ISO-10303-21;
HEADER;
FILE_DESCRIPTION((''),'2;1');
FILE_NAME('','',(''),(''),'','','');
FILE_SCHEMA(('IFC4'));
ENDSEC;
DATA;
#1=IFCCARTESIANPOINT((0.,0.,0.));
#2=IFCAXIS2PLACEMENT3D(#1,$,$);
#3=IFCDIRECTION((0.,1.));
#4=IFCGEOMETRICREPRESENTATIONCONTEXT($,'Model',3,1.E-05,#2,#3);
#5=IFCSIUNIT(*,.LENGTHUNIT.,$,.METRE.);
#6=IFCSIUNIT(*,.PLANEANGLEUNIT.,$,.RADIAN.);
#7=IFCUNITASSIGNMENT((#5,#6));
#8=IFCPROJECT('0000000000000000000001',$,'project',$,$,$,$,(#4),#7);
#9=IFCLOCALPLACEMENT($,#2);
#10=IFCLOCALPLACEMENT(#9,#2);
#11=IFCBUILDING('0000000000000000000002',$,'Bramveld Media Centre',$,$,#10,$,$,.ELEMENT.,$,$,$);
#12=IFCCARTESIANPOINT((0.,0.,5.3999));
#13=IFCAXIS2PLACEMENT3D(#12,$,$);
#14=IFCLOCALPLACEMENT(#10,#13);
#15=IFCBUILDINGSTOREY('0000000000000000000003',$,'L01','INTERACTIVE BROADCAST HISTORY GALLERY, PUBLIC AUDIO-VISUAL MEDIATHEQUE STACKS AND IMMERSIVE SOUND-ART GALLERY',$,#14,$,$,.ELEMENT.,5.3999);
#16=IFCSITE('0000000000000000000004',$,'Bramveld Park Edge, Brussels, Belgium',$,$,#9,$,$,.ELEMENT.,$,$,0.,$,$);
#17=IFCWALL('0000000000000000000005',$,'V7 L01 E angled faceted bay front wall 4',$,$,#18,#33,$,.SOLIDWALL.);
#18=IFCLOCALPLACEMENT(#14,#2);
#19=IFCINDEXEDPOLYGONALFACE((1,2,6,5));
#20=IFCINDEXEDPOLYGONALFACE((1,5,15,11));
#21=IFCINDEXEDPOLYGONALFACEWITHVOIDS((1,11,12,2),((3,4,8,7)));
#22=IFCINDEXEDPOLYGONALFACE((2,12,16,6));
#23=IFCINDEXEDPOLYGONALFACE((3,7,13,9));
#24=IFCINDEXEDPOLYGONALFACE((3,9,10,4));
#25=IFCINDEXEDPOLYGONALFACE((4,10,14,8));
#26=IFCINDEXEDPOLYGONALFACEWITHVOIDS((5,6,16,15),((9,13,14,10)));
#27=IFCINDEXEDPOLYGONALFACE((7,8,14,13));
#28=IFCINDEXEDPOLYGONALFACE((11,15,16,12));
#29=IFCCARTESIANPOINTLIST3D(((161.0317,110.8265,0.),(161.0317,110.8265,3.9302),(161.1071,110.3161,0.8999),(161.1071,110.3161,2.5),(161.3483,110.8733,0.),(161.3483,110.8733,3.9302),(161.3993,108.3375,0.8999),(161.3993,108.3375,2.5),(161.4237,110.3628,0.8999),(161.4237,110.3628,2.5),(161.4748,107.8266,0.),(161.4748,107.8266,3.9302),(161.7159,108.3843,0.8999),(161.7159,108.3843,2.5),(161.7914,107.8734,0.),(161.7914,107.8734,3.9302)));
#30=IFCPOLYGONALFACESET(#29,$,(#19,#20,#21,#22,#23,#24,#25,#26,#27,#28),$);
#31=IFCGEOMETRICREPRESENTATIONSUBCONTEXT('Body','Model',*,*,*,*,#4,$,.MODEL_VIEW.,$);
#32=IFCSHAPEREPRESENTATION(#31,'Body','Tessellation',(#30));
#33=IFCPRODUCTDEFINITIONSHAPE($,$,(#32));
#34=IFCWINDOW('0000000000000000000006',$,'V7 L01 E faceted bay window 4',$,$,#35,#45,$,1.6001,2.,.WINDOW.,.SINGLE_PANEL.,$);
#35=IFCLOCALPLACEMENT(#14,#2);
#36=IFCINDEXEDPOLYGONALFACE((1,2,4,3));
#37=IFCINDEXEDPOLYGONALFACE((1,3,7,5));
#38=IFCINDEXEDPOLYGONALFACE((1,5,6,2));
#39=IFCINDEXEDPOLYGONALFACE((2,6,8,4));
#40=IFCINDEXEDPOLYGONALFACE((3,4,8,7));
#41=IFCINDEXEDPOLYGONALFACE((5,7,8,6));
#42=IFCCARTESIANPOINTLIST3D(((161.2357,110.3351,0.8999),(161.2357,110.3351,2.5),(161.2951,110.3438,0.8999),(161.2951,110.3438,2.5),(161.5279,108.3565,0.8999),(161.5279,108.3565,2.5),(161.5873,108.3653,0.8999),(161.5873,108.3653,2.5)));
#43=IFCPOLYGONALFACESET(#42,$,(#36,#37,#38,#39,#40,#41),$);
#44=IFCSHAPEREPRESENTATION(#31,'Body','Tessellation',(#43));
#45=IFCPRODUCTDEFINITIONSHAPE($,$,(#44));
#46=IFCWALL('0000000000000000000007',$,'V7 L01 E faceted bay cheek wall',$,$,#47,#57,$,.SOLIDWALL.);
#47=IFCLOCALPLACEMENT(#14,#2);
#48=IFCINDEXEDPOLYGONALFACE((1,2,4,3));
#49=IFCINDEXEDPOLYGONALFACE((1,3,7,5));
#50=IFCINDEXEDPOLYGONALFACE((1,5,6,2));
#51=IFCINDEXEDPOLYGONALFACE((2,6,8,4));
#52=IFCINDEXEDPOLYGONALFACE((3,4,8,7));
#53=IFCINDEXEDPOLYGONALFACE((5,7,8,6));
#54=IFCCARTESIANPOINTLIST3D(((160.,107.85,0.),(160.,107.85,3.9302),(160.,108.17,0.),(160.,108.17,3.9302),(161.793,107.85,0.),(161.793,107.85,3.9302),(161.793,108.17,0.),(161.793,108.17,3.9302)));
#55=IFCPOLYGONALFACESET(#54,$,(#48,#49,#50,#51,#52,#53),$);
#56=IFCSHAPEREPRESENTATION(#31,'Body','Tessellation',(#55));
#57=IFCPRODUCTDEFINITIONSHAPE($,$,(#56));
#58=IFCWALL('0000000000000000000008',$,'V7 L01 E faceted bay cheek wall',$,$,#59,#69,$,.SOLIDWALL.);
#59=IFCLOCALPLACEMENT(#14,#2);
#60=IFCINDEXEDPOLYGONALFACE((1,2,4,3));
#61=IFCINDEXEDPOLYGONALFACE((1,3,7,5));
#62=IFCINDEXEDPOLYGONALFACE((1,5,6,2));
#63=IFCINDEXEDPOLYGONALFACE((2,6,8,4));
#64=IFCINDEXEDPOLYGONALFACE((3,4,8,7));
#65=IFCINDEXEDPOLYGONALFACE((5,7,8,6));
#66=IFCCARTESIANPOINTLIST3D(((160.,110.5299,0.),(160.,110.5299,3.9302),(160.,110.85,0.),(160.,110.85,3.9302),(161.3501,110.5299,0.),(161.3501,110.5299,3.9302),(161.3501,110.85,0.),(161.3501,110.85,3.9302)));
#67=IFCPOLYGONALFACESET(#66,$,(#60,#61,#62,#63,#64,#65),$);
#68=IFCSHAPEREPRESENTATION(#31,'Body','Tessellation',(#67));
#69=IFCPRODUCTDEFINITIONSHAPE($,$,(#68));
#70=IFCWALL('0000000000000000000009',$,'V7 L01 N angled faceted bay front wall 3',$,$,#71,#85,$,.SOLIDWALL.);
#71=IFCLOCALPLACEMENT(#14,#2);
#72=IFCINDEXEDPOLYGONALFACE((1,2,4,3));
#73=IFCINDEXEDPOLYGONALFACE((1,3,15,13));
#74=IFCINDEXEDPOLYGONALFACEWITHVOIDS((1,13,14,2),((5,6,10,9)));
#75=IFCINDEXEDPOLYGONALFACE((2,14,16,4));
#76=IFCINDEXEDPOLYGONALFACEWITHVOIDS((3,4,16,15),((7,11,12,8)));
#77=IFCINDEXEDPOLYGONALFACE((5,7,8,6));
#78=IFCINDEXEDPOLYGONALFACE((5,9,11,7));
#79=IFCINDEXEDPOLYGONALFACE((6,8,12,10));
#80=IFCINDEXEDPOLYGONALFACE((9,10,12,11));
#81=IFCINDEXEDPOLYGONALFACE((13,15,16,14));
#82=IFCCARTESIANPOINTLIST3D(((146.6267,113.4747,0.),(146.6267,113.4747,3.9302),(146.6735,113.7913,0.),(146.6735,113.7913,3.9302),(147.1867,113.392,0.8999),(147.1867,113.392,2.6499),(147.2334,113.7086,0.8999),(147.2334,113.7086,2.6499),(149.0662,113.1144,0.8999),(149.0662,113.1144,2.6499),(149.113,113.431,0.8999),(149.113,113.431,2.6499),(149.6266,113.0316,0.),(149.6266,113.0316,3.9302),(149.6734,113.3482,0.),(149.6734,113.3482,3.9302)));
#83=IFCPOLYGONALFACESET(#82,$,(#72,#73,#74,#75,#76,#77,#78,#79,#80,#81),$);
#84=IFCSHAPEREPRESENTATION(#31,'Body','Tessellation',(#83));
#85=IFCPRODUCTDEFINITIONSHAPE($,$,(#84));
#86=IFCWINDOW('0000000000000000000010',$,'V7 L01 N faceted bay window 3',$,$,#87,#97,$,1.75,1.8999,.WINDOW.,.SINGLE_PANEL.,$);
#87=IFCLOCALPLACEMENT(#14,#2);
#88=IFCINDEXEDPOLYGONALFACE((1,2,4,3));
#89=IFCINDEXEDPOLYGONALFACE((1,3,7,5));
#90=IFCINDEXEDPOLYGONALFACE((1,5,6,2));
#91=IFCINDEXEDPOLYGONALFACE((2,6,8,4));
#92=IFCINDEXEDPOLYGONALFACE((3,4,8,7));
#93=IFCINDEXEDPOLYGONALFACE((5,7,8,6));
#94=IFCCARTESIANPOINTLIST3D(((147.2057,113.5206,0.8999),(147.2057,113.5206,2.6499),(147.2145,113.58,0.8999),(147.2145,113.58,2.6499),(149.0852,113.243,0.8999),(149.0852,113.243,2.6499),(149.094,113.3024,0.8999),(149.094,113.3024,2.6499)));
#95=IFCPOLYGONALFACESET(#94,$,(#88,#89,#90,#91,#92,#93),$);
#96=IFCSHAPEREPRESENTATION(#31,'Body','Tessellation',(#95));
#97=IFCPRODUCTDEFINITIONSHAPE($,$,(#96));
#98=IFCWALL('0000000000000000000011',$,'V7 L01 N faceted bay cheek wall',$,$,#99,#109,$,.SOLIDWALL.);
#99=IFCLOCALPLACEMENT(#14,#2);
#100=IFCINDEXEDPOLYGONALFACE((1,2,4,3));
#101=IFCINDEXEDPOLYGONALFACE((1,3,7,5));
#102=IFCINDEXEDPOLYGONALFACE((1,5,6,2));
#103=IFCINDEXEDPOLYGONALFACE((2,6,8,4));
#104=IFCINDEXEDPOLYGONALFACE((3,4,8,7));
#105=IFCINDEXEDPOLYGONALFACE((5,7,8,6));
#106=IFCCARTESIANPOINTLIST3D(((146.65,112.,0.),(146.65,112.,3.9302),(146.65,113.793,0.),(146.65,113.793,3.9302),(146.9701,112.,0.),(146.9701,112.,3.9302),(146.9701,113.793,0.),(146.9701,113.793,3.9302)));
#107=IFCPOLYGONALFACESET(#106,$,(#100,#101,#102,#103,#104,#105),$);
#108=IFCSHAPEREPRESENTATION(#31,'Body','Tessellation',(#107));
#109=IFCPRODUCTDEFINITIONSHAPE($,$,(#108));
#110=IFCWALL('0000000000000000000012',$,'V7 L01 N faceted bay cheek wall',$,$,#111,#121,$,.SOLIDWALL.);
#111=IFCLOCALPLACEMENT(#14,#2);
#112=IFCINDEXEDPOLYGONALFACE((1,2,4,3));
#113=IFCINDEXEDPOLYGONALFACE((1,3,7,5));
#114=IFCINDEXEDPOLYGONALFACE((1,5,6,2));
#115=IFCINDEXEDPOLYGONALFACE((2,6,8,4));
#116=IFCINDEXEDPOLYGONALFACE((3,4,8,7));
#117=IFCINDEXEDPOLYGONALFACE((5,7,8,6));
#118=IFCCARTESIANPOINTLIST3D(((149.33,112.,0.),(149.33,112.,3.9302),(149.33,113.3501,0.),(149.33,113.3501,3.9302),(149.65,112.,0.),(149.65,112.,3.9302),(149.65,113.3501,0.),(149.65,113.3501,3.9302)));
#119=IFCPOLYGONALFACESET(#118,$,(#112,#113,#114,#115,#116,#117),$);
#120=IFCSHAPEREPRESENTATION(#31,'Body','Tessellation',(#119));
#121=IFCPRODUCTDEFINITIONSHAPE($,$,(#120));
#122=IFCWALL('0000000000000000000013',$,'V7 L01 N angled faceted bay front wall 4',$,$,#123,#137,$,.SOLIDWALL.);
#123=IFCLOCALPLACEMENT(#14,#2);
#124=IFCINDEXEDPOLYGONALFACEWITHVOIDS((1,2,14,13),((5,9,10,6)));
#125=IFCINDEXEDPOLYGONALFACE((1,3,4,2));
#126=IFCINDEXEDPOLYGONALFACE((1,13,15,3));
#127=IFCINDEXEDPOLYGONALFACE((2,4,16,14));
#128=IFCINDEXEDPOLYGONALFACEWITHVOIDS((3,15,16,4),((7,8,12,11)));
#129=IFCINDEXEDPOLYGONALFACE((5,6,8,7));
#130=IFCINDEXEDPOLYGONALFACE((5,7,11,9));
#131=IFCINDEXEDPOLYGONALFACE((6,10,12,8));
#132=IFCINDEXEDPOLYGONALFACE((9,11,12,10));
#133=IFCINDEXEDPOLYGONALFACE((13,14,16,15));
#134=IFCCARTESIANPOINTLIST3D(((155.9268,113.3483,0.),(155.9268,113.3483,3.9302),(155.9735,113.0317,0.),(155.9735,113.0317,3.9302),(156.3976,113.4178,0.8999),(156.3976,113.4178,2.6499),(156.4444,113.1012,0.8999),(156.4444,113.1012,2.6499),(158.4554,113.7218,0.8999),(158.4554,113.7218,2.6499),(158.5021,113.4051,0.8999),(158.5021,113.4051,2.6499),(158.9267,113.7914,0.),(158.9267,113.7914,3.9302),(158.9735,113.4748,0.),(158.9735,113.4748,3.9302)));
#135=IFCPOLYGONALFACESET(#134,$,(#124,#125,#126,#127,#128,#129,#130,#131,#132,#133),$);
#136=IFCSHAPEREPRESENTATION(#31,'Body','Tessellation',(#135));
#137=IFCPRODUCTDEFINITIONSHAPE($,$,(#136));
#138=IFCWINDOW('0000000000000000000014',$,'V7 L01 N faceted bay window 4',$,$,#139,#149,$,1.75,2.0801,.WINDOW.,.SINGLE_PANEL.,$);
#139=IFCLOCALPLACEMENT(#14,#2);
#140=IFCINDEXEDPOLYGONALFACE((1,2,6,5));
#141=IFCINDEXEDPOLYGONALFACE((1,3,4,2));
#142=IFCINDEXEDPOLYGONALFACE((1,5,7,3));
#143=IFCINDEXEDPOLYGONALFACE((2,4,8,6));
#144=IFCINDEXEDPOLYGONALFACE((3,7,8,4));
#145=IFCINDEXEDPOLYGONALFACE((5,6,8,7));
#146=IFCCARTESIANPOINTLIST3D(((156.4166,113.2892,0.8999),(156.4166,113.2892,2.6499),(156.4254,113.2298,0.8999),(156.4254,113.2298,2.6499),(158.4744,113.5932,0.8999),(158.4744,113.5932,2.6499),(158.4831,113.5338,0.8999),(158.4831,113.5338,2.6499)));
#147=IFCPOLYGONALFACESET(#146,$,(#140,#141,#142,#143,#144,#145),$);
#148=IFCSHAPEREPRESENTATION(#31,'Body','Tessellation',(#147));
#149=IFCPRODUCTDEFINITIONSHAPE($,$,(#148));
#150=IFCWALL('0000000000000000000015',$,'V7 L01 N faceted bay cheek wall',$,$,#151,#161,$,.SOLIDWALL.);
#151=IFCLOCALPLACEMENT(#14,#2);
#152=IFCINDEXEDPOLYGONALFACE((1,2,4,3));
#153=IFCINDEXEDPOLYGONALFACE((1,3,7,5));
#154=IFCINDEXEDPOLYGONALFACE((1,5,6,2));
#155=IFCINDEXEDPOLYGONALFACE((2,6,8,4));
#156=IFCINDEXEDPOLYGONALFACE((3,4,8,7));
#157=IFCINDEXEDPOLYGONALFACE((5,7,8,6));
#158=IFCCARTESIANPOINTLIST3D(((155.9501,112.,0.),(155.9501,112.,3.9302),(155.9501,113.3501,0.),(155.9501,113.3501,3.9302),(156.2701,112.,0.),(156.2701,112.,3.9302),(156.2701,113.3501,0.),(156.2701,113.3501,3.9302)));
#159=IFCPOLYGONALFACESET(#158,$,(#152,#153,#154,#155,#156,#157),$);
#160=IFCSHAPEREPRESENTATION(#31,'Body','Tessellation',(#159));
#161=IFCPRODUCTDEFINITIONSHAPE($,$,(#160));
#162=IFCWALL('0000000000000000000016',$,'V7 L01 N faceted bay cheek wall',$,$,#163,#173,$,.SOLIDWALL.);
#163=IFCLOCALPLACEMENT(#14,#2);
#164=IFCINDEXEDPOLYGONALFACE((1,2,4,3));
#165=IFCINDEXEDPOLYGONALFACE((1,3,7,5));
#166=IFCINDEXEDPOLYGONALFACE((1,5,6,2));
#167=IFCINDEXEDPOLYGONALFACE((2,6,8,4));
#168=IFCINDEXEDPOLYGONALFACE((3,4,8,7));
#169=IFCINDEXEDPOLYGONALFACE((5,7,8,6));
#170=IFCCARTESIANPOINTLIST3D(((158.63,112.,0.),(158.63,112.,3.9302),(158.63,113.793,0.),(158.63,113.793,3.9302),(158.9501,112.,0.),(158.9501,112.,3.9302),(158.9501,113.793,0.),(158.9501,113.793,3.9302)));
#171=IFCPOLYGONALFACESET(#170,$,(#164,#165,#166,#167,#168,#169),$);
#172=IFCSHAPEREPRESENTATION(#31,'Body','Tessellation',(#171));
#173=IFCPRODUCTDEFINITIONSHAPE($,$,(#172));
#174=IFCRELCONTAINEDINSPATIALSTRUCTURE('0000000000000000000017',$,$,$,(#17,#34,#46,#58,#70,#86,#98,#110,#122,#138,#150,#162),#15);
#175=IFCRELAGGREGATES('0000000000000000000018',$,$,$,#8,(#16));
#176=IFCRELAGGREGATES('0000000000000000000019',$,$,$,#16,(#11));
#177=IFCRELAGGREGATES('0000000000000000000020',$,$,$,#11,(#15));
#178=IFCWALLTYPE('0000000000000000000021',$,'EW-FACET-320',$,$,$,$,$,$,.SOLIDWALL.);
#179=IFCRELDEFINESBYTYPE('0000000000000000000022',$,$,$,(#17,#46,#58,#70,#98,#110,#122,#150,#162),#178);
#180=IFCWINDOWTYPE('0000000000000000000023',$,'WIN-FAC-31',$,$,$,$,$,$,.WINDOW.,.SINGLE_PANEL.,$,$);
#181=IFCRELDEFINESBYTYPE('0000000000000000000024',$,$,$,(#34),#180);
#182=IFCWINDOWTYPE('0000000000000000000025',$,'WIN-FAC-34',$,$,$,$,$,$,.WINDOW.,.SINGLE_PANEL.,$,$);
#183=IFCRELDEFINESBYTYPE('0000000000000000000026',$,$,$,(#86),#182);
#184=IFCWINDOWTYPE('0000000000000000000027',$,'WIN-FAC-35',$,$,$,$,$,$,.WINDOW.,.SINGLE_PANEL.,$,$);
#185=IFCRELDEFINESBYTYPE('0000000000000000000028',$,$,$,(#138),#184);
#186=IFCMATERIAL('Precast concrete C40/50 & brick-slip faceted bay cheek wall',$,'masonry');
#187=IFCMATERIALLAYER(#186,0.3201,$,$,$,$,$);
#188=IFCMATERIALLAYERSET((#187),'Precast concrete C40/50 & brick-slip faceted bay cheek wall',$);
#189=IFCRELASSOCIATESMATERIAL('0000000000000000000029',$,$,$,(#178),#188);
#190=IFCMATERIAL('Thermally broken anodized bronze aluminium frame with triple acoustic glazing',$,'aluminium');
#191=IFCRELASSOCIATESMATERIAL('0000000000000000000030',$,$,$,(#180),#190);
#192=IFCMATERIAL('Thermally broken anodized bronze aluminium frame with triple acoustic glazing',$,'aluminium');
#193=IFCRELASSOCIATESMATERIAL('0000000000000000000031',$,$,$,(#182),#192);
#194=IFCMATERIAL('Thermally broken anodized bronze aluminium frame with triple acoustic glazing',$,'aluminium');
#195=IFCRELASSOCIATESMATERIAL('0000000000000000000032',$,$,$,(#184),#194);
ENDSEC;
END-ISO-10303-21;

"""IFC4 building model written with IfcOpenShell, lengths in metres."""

from ifc_helpers import new_model, si_unit, direction, frame, frame_2d, origin, place, context, subcontext, project, spatial, rectangle, extrude, material, layer, layer_set, type_object, element, fill, save


model = new_model("IFC4")

# Units and contexts
model_context = context("Model", 3, precision=1e-05, world=origin(), true_north=direction((0.0, 1.0)))
body_context = subcontext(model_context, "Body", "Model", "MODEL_VIEW")
ifc_project = project(units=[si_unit("LENGTHUNIT", "METRE"), si_unit("PLANEANGLEUNIT", "RADIAN")], contexts=[model_context])

# Site, building, storey
site_placement = place(None, origin())
site = spatial("IfcSite", under=ifc_project, at=site_placement, Name="Bramveld Park Edge, Brussels, Belgium", CompositionType="ELEMENT", RefElevation=0.0)
building_placement = place(site_placement, origin())
building = spatial("IfcBuilding", under=site, at=building_placement, Name="Bramveld Media Centre", CompositionType="ELEMENT")
storey_placement = place(building_placement, frame((0.0, 0.0, 5.3999)))
storey = spatial("IfcBuildingStorey", under=building, at=storey_placement, Name="L01", Description="INTERACTIVE BROADCAST HISTORY GALLERY, PUBLIC AUDIO-VISUAL MEDIATHEQUE STACKS AND IMMERSIVE SOUND-ART GALLERY", CompositionType="ELEMENT", Elevation=5.3999)

# Wall, opening, window
ifc_material_1 = material(Name="Precast concrete C40/50 & brick-slip faceted bay cheek wall", Category="masonry")
ifc_layer_1 = layer(ifc_material_1, 0.3201)
ifc_layer_set_1 = layer_set([ifc_layer_1], Name="Precast concrete C40/50 & brick-slip faceted bay cheek wall")
wall_type_1 = type_object("IfcWallType", Name="EW-FACET-320", PredefinedType="SOLIDWALL", material=ifc_layer_set_1)
wall_1_placement = place(storey_placement, frame((161.6331, 107.8501, 0.0), z_axis=(0.0, 0.0, 1.0), x_axis=(-0.14612, 0.989267, 0.0)))
wall_1 = element("IfcWall", 1, at=wall_1_placement, inside=storey, type_object=wall_type_1, Name="V7 L01 E angled faceted bay front wall 4", PredefinedType="SOLIDWALL", context=body_context, shape_type="SweptSolid", body=[
    extrude(rectangle(XDim=3.0325, YDim=0.3201, at=frame_2d((1.5161, 0.0))), origin(), (0.0, 0.0, 1.0), 3.9302),
])
opening_1_placement = place(wall_1_placement, frame((0.5164, 0.0, 0.8999)))
opening_1 = element("IfcOpeningElement", 2, at=opening_1_placement, cuts=wall_1, PredefinedType="OPENING", context=body_context, shape_type="SweptSolid", body=[
    extrude(rectangle(XDim=2.0, YDim=1.6001, at=frame_2d((1.0, 0.8))), frame((0.0, 0.1719, 0.0), z_axis=(0.0, -1.0, 0.0), x_axis=(1.0, 0.0, 0.0)), (0.0, 0.0, 1.0), 0.344),
])
ifc_material_2 = material(Name="Thermally broken anodized bronze aluminium frame with triple acoustic glazing", Category="aluminium")
window_type_1 = type_object("IfcWindowType", Name="WIN-FAC-31", PartitioningType="SINGLE_PANEL", PredefinedType="WINDOW", material=ifc_material_2)
window_1_placement = place(opening_1_placement, origin())
window_1 = element("IfcWindow", 3, at=window_1_placement, inside=storey, type_object=window_type_1, Name="V7 L01 E faceted bay window 4", OverallHeight=1.6001, OverallWidth=2.0, PartitioningType="SINGLE_PANEL", PredefinedType="WINDOW", context=body_context, shape_type="SweptSolid", body=[
    extrude(rectangle(XDim=2.0, YDim=1.6001, at=frame_2d((1.0, 0.8))), frame((0.0, 0.03, 0.0), z_axis=(0.0, -1.0, 0.0), x_axis=(1.0, 0.0, 0.0)), (0.0, 0.0, 1.0), 0.0601),
])
fill(opening_1, window_1)

# Walls
wall_2_placement = place(storey_placement, frame((160.0, 108.01, 0.0), z_axis=(0.0, 0.0, 1.0), x_axis=(1.0, 0.0, 0.0)))
element("IfcWall", 4, at=wall_2_placement, inside=storey, type_object=wall_type_1, Name="V7 L01 E faceted bay cheek wall", PredefinedType="SOLIDWALL", context=body_context, shape_type="SweptSolid", body=[
    extrude(rectangle(XDim=1.793, YDim=0.3201, at=frame_2d((0.8965, 0.0))), origin(), (0.0, 0.0, 1.0), 3.9302),
])
wall_3_placement = place(storey_placement, frame((160.0, 110.6899, 0.0), z_axis=(0.0, 0.0, 1.0), x_axis=(1.0, 0.0, 0.0)))
element("IfcWall", 5, at=wall_3_placement, inside=storey, type_object=wall_type_1, Name="V7 L01 E faceted bay cheek wall", PredefinedType="SOLIDWALL", context=body_context, shape_type="SweptSolid", body=[
    extrude(rectangle(XDim=1.3501, YDim=0.3201, at=frame_2d((0.675, 0.0))), origin(), (0.0, 0.0, 1.0), 3.9302),
])

# Wall, opening, window
wall_4_placement = place(storey_placement, frame((149.6499, 113.1899, 0.0), z_axis=(0.0, 0.0, 1.0), x_axis=(-0.989267, 0.14612, 0.0)))
wall_4 = element("IfcWall", 6, at=wall_4_placement, inside=storey, type_object=wall_type_1, Name="V7 L01 N angled faceted bay front wall 3", PredefinedType="SOLIDWALL", context=body_context, shape_type="SweptSolid", body=[
    extrude(rectangle(XDim=3.0325, YDim=0.3201, at=frame_2d((1.5161, 0.0))), origin(), (0.0, 0.0, 1.0), 3.9302),
])
opening_2_placement = place(wall_4_placement, frame((0.5664, 0.0, 0.8999)))
opening_2 = element("IfcOpeningElement", 7, at=opening_2_placement, cuts=wall_4, PredefinedType="OPENING", context=body_context, shape_type="SweptSolid", body=[
    extrude(rectangle(XDim=1.8999, YDim=1.75, at=frame_2d((0.95, 0.875))), frame((0.0, 0.1719, 0.0), z_axis=(0.0, -1.0, 0.0), x_axis=(1.0, 0.0, 0.0)), (0.0, 0.0, 1.0), 0.344),
])
ifc_material_3 = material(Name="Thermally broken anodized bronze aluminium frame with triple acoustic glazing", Category="aluminium")
window_type_2 = type_object("IfcWindowType", Name="WIN-FAC-34", PartitioningType="SINGLE_PANEL", PredefinedType="WINDOW", material=ifc_material_3)
window_2_placement = place(opening_2_placement, origin())
window_2 = element("IfcWindow", 8, at=window_2_placement, inside=storey, type_object=window_type_2, Name="V7 L01 N faceted bay window 3", OverallHeight=1.75, OverallWidth=1.8999, PartitioningType="SINGLE_PANEL", PredefinedType="WINDOW", context=body_context, shape_type="SweptSolid", body=[
    extrude(rectangle(XDim=1.8999, YDim=1.75, at=frame_2d((0.95, 0.875))), frame((0.0, 0.03, 0.0), z_axis=(0.0, -1.0, 0.0), x_axis=(1.0, 0.0, 0.0)), (0.0, 0.0, 1.0), 0.0601),
])
fill(opening_2, window_2)

# Walls
wall_5_placement = place(storey_placement, frame((146.8101, 112.0, 0.0), z_axis=(0.0, 0.0, 1.0), x_axis=(0.0, 1.0, 0.0)))
element("IfcWall", 9, at=wall_5_placement, inside=storey, type_object=wall_type_1, Name="V7 L01 N faceted bay cheek wall", PredefinedType="SOLIDWALL", context=body_context, shape_type="SweptSolid", body=[
    extrude(rectangle(XDim=1.793, YDim=0.3201, at=frame_2d((0.8965, 0.0))), origin(), (0.0, 0.0, 1.0), 3.9302),
])
wall_6_placement = place(storey_placement, frame((149.49, 112.0, 0.0), z_axis=(0.0, 0.0, 1.0), x_axis=(0.0, 1.0, 0.0)))
element("IfcWall", 10, at=wall_6_placement, inside=storey, type_object=wall_type_1, Name="V7 L01 N faceted bay cheek wall", PredefinedType="SOLIDWALL", context=body_context, shape_type="SweptSolid", body=[
    extrude(rectangle(XDim=1.3501, YDim=0.3201, at=frame_2d((0.675, 0.0))), origin(), (0.0, 0.0, 1.0), 3.9302),
])

# Wall, opening, window
wall_7_placement = place(storey_placement, frame((158.95, 113.6331, 0.0), z_axis=(0.0, 0.0, 1.0), x_axis=(-0.989267, -0.14612, 0.0)))
wall_7 = element("IfcWall", 11, at=wall_7_placement, inside=storey, type_object=wall_type_1, Name="V7 L01 N angled faceted bay front wall 4", PredefinedType="SOLIDWALL", context=body_context, shape_type="SweptSolid", body=[
    extrude(rectangle(XDim=3.0325, YDim=0.3201, at=frame_2d((1.5161, 0.0))), origin(), (0.0, 0.0, 1.0), 3.9302),
])
opening_3_placement = place(wall_7_placement, frame((0.4763, 0.0, 0.8999)))
opening_3 = element("IfcOpeningElement", 12, at=opening_3_placement, cuts=wall_7, PredefinedType="OPENING", context=body_context, shape_type="SweptSolid", body=[
    extrude(rectangle(XDim=2.0801, YDim=1.75, at=frame_2d((1.04, 0.875))), frame((0.0, 0.1719, 0.0), z_axis=(0.0, -1.0, 0.0), x_axis=(1.0, 0.0, 0.0)), (0.0, 0.0, 1.0), 0.344),
])
ifc_material_4 = material(Name="Thermally broken anodized bronze aluminium frame with triple acoustic glazing", Category="aluminium")
window_type_3 = type_object("IfcWindowType", Name="WIN-FAC-35", PartitioningType="SINGLE_PANEL", PredefinedType="WINDOW", material=ifc_material_4)
window_3_placement = place(opening_3_placement, origin())
window_3 = element("IfcWindow", 13, at=window_3_placement, inside=storey, type_object=window_type_3, Name="V7 L01 N faceted bay window 4", OverallHeight=1.75, OverallWidth=2.0801, PartitioningType="SINGLE_PANEL", PredefinedType="WINDOW", context=body_context, shape_type="SweptSolid", body=[
    extrude(rectangle(XDim=2.0801, YDim=1.75, at=frame_2d((1.04, 0.875))), frame((0.0, 0.03, 0.0), z_axis=(0.0, -1.0, 0.0), x_axis=(1.0, 0.0, 0.0)), (0.0, 0.0, 1.0), 0.0601),
])
fill(opening_3, window_3)

# Walls
wall_8_placement = place(storey_placement, frame((156.1101, 112.0, 0.0), z_axis=(0.0, 0.0, 1.0), x_axis=(0.0, 1.0, 0.0)))
element("IfcWall", 14, at=wall_8_placement, inside=storey, type_object=wall_type_1, Name="V7 L01 N faceted bay cheek wall", PredefinedType="SOLIDWALL", context=body_context, shape_type="SweptSolid", body=[
    extrude(rectangle(XDim=1.3501, YDim=0.3201, at=frame_2d((0.675, 0.0))), origin(), (0.0, 0.0, 1.0), 3.9302),
])
wall_9_placement = place(storey_placement, frame((158.79, 112.0, 0.0), z_axis=(0.0, 0.0, 1.0), x_axis=(0.0, 1.0, 0.0)))
element("IfcWall", 15, at=wall_9_placement, inside=storey, type_object=wall_type_1, Name="V7 L01 N faceted bay cheek wall", PredefinedType="SOLIDWALL", context=body_context, shape_type="SweptSolid", body=[
    extrude(rectangle(XDim=1.793, YDim=0.3201, at=frame_2d((0.8965, 0.0))), origin(), (0.0, 0.0, 1.0), 3.9302),
])

save(model, "model.ifc")
